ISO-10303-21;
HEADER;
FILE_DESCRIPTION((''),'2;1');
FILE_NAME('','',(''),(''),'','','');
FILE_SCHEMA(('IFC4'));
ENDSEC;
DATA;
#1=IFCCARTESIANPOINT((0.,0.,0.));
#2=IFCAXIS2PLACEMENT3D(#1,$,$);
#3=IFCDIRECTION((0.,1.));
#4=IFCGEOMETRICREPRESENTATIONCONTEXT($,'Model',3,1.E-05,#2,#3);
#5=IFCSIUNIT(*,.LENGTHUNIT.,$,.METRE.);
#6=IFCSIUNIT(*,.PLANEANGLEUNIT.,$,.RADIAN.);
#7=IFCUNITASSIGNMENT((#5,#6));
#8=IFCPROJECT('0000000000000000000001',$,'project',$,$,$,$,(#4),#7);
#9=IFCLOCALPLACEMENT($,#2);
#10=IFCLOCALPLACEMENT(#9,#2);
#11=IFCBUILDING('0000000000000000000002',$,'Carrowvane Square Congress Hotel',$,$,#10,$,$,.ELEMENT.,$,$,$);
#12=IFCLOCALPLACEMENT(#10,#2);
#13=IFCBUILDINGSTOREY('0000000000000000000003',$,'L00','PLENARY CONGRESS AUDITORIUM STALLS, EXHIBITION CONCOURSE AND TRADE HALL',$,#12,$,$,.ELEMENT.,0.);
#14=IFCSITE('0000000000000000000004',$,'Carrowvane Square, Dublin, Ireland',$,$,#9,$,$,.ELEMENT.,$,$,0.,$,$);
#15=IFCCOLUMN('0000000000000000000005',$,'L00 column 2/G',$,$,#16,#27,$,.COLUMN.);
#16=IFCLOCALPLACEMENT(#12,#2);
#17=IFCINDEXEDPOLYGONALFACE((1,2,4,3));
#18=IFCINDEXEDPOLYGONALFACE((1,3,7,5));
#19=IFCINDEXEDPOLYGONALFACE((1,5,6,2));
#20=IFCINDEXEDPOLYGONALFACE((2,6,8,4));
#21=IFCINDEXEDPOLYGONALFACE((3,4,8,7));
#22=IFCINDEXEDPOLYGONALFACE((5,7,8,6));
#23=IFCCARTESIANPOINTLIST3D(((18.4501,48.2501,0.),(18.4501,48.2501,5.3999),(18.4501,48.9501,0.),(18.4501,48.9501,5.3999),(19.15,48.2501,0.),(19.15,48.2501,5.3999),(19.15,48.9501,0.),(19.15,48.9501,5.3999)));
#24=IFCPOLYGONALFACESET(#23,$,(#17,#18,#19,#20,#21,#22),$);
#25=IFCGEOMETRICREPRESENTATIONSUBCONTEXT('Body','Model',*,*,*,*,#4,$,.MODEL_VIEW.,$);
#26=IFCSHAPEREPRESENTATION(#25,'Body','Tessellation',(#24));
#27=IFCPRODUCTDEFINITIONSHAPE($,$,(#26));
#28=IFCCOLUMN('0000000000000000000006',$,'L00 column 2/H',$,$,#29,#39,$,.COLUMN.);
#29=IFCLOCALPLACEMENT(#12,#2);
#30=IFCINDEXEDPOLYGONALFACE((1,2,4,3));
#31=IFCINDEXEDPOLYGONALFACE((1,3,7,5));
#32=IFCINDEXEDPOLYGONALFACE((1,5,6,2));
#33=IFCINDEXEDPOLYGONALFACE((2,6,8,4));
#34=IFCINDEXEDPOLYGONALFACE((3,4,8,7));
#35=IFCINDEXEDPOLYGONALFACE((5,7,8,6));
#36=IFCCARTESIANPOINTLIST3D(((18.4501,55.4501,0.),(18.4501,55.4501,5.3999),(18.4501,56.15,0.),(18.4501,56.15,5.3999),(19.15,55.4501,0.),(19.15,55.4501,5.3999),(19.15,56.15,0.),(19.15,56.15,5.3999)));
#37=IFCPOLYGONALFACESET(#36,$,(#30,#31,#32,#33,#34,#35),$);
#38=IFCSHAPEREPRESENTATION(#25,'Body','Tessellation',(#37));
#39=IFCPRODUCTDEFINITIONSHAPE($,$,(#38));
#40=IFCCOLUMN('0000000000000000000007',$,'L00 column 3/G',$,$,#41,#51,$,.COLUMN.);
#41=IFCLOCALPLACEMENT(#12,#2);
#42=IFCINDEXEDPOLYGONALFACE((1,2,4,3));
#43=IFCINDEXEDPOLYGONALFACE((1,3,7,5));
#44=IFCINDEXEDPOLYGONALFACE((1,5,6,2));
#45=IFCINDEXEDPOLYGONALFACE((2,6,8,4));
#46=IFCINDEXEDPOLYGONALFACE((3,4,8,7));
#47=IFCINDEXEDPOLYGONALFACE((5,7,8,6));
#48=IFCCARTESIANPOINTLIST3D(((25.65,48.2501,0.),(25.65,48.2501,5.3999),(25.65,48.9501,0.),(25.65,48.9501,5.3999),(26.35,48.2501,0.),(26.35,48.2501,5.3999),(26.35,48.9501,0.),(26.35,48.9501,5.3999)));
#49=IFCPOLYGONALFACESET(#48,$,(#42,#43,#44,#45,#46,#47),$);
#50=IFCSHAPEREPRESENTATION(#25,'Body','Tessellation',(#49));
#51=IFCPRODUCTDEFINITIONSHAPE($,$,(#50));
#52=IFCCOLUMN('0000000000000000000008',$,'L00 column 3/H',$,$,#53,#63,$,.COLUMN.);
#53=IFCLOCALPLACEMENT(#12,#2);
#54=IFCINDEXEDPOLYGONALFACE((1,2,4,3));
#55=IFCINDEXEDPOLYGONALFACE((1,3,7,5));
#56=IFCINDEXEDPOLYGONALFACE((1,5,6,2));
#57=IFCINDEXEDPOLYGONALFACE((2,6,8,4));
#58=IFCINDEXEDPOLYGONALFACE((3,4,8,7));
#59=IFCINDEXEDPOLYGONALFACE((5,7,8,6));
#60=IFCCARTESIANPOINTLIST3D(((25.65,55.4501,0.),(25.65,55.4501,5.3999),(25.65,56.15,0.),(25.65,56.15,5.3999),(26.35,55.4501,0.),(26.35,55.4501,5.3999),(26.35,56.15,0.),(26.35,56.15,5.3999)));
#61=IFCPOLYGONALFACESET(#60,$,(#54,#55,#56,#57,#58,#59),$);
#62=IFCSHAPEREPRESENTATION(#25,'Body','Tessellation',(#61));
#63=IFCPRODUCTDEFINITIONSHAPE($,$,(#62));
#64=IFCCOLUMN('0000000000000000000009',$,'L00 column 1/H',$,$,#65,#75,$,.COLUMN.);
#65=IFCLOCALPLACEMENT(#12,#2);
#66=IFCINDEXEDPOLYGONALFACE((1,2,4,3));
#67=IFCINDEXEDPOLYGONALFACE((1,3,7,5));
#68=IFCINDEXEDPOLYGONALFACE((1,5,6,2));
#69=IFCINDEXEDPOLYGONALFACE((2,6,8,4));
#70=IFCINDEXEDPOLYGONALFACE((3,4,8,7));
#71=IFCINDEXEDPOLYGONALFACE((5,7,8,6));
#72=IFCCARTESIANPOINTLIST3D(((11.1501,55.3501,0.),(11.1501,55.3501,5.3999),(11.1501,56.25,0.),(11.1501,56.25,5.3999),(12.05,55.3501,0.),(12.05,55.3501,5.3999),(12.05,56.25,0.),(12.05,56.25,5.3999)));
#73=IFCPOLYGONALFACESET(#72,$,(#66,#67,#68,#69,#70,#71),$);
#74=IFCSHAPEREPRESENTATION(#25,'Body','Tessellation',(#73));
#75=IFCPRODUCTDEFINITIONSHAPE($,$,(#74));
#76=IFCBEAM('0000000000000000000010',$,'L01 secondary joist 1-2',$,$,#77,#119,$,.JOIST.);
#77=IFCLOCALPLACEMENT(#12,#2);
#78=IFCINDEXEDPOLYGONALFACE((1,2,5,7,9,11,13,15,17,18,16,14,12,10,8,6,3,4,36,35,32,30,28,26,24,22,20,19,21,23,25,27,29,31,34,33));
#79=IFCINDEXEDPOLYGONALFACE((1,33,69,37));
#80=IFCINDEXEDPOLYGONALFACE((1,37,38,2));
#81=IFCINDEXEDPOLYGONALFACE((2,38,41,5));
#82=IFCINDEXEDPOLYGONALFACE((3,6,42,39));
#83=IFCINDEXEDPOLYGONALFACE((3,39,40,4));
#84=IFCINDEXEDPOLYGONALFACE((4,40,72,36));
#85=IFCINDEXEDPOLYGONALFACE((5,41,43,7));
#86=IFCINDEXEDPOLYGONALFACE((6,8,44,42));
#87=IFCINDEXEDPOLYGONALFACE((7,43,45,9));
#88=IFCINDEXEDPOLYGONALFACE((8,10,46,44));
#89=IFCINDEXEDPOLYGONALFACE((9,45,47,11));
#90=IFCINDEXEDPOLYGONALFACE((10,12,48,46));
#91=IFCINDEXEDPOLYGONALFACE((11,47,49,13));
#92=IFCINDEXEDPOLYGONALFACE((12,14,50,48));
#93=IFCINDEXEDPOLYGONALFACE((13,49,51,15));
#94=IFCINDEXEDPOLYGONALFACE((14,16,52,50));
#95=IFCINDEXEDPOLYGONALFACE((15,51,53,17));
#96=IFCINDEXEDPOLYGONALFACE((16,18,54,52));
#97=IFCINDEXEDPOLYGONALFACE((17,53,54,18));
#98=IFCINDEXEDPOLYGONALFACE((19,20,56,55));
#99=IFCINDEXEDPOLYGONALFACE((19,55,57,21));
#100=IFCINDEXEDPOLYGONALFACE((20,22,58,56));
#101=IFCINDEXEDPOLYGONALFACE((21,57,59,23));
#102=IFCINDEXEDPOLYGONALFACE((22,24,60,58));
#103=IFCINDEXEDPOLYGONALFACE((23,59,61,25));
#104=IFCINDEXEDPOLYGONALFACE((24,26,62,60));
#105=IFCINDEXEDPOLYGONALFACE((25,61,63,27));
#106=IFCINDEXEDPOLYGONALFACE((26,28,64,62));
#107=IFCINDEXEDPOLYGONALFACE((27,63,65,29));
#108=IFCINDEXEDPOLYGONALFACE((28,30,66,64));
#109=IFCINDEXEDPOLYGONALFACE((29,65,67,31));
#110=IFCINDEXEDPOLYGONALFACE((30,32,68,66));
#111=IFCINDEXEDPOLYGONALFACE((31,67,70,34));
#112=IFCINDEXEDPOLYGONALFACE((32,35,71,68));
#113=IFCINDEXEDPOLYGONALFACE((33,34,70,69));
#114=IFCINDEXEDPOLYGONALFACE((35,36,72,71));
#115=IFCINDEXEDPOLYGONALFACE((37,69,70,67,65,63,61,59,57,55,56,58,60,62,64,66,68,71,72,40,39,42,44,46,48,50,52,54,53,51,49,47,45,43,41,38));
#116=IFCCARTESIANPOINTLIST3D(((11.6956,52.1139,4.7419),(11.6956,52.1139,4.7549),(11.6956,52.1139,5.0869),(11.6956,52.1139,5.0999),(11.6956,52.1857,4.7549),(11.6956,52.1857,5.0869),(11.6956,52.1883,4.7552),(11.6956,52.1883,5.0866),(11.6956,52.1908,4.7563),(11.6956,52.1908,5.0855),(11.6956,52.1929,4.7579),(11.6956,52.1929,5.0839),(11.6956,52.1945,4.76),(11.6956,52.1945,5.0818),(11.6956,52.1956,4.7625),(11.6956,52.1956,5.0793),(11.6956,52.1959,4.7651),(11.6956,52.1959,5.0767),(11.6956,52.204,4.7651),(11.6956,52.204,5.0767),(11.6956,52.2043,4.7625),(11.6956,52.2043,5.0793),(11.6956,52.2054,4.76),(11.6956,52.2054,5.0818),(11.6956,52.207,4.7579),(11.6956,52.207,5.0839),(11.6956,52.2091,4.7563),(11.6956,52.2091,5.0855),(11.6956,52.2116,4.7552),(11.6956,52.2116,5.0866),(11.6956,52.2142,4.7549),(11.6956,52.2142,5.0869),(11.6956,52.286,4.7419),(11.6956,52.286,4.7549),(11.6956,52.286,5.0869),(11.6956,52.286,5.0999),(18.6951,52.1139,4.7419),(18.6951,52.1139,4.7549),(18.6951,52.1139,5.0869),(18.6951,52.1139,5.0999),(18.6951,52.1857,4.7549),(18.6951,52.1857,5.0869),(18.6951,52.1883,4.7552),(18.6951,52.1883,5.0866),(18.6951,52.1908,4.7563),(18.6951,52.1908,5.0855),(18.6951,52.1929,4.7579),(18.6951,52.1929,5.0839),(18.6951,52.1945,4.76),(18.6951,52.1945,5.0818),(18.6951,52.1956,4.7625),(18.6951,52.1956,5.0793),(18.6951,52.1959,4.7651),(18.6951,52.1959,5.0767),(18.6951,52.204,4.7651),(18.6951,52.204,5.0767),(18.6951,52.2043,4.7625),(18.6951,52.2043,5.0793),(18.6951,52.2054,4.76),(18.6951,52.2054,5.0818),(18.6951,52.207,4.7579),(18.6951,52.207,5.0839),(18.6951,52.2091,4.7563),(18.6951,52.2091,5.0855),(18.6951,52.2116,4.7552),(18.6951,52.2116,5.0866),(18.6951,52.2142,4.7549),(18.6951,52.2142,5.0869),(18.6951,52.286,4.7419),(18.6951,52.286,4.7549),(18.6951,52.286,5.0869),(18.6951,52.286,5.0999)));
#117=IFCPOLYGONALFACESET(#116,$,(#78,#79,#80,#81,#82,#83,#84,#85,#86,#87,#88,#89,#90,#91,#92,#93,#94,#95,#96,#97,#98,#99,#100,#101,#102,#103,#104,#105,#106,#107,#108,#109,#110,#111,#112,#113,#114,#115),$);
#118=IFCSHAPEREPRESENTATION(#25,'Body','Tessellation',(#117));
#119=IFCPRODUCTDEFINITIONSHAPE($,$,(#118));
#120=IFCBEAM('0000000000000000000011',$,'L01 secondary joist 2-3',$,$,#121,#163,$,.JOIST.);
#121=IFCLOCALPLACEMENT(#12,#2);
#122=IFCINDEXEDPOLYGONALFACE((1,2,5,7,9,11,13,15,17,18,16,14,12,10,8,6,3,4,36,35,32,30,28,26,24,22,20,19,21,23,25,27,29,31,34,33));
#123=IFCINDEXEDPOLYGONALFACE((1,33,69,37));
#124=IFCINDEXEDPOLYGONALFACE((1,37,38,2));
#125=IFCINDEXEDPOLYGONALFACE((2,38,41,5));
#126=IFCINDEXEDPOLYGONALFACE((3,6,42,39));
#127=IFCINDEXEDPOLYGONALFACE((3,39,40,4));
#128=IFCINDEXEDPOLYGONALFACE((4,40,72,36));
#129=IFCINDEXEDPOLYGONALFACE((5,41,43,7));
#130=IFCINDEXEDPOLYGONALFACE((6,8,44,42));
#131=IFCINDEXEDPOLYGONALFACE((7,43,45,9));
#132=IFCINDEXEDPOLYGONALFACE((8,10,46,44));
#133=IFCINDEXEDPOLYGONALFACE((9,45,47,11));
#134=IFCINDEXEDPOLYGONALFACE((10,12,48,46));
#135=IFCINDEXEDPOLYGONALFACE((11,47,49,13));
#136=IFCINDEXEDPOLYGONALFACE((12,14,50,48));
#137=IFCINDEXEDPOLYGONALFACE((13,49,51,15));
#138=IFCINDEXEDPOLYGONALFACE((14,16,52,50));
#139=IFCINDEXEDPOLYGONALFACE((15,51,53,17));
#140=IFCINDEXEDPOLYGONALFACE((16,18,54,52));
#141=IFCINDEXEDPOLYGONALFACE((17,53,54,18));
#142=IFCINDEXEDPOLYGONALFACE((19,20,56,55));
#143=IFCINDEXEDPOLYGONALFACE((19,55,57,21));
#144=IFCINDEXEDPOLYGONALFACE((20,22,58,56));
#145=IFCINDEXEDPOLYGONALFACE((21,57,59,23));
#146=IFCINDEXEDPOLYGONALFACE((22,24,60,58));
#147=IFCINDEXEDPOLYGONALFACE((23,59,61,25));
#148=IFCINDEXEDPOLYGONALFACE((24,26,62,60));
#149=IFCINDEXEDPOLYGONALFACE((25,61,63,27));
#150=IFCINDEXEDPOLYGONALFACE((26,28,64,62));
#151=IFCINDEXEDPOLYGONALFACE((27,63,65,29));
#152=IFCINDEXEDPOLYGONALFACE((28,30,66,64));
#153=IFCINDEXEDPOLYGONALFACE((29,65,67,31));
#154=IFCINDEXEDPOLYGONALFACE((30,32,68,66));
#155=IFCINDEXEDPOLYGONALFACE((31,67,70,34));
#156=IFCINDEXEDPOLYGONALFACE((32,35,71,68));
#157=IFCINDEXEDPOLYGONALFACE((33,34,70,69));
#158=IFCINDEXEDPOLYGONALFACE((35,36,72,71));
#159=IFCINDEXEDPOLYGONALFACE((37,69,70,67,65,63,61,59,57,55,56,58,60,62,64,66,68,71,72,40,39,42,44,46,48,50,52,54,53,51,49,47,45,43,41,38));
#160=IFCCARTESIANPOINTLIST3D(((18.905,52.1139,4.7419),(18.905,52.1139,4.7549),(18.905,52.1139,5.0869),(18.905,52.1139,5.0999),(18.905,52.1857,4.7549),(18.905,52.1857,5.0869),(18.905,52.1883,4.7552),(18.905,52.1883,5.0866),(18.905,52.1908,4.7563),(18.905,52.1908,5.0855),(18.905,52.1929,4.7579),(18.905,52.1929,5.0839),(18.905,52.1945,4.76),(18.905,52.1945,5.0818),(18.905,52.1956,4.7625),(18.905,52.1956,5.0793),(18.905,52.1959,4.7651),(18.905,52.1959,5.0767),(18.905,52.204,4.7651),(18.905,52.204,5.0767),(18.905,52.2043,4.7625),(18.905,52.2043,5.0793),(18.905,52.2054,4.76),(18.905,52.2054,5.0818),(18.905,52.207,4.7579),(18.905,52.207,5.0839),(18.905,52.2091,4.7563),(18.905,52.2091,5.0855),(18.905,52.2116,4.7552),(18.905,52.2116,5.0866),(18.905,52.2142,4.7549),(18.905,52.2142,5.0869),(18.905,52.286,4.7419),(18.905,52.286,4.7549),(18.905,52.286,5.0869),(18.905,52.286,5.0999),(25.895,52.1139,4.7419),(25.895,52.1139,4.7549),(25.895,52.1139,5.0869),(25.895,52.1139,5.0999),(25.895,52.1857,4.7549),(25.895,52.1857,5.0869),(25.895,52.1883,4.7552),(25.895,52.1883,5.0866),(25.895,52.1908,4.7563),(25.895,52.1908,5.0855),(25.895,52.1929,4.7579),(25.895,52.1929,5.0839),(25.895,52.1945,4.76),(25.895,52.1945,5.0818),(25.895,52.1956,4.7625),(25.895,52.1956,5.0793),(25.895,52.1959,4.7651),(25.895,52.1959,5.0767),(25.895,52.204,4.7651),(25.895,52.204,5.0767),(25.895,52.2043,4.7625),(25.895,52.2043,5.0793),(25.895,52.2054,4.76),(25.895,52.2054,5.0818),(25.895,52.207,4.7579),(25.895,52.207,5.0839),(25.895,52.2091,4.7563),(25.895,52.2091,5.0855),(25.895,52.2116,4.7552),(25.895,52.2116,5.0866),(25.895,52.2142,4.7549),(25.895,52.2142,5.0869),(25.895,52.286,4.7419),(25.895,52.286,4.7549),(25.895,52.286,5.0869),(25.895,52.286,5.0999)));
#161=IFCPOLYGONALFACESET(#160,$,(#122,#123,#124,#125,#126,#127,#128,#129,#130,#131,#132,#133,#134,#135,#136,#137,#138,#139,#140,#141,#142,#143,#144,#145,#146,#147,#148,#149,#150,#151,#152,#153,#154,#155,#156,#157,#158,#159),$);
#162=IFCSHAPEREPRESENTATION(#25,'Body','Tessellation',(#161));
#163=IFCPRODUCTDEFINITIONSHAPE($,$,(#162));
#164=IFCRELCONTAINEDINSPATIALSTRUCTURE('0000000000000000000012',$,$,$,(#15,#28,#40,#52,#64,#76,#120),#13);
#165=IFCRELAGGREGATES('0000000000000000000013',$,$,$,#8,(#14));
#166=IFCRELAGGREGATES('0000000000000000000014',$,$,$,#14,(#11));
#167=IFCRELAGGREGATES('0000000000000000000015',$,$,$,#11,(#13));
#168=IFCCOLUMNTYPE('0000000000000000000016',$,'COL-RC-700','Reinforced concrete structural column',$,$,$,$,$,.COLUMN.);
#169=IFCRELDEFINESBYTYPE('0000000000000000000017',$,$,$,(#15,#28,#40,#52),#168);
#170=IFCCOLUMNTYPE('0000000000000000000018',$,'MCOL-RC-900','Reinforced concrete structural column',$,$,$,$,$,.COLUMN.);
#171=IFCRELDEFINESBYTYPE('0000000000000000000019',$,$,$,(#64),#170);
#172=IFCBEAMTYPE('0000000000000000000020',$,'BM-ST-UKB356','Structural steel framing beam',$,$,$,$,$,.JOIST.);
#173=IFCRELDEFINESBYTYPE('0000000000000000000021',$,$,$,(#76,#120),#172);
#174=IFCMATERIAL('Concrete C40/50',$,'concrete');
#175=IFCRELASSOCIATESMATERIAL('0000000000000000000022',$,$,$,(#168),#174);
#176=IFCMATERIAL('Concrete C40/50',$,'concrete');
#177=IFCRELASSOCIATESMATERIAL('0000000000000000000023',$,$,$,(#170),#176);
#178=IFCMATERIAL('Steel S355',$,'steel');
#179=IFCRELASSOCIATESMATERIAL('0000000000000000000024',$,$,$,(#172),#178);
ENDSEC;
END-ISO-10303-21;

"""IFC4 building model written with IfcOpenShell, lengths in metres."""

from ifc_helpers import new_model, si_unit, direction, frame, origin, origin_2d, place, context, subcontext, project, spatial, rectangle, i_section, extrude, material, material_profile, profile_set, type_object, element, save


model = new_model("IFC4")

# Units and contexts
model_context = context("Model", 3, precision=1e-05, world=origin(), true_north=direction((0.0, 1.0)))
body_context = subcontext(model_context, "Body", "Model", "MODEL_VIEW")
ifc_project = project(units=[si_unit("LENGTHUNIT", "METRE"), si_unit("PLANEANGLEUNIT", "RADIAN")], contexts=[model_context])

# Site, building, storey
site_placement = place(None, origin())
site = spatial("IfcSite", under=ifc_project, at=site_placement, Name="Carrowvane Square, Dublin, Ireland", CompositionType="ELEMENT", RefElevation=0.0)
building_placement = place(site_placement, origin())
building = spatial("IfcBuilding", under=site, at=building_placement, Name="Carrowvane Square Congress Hotel", CompositionType="ELEMENT")
storey_placement = place(building_placement, origin())
storey = spatial("IfcBuildingStorey", under=building, at=storey_placement, Name="L00", Description="PLENARY CONGRESS AUDITORIUM STALLS, EXHIBITION CONCOURSE AND TRADE HALL", CompositionType="ELEMENT", Elevation=0.0)

# Columns
ifc_material_1 = material(Name="Concrete C40/50", Category="concrete")
ifc_material_profile_1 = material_profile(ifc_material_1, rectangle(XDim=0.7, YDim=0.7, at=origin_2d()), Name="RC 700x700")
ifc_profile_set_1 = profile_set([ifc_material_profile_1], Name="Concrete C40/50")
column_type_1 = type_object("IfcColumnType", Name="COL-RC-700", Description="Reinforced concrete structural column", PredefinedType="COLUMN", material=ifc_profile_set_1)
for number, where, z_axis, x_axis, name in (
    (1, (18.8, 48.6001, 0.0), (0.0, 0.0, 1.0), (1.0, 0.0, 0.0), "L00 column 2/G"),
    (2, (18.8, 55.8, 0.0), (0.0, 0.0, 1.0), (1.0, 0.0, 0.0), "L00 column 2/H"),
    (3, (26.0, 48.6001, 0.0), (0.0, 0.0, 1.0), (1.0, 0.0, 0.0), "L00 column 3/G"),
    (4, (26.0, 55.8, 0.0), (0.0, 0.0, 1.0), (1.0, 0.0, 0.0), "L00 column 3/H"),
):
    element("IfcColumn", number, at=place(storey_placement, frame(where, z_axis=z_axis, x_axis=x_axis)), inside=storey, type_object=column_type_1, Name=name, PredefinedType="COLUMN", context=body_context, shape_type="SweptSolid", body=[
        extrude(rectangle(XDim=0.7, YDim=0.7, at=origin_2d()), origin(), (0.0, 0.0, 1.0), 5.3999),
    ])
ifc_material_2 = material(Name="Concrete C40/50", Category="concrete")
ifc_material_profile_2 = material_profile(ifc_material_2, rectangle(XDim=0.8999, YDim=0.8999, at=origin_2d()), Name="RC 900x900")
ifc_profile_set_2 = profile_set([ifc_material_profile_2], Name="Concrete C40/50")
column_type_2 = type_object("IfcColumnType", Name="MCOL-RC-900", Description="Reinforced concrete structural column", PredefinedType="COLUMN", material=ifc_profile_set_2)
column_placement = place(storey_placement, frame((11.6001, 55.8, 0.0), z_axis=(0.0, 0.0, 1.0), x_axis=(1.0, 0.0, 0.0)))
element("IfcColumn", 5, at=column_placement, inside=storey, type_object=column_type_2, Name="L00 column 1/H", PredefinedType="COLUMN", context=body_context, shape_type="SweptSolid", body=[
    extrude(rectangle(XDim=0.8999, YDim=0.8999, at=origin_2d()), origin(), (0.0, 0.0, 1.0), 5.3999),
])

# Beams
ifc_material_3 = material(Name="Steel S355", Category="steel")
ifc_material_profile_3 = material_profile(ifc_material_3, i_section(OverallWidth=0.1721, OverallDepth=0.3579, WebThickness=0.0081, FlangeThickness=0.0129, FilletRadius=0.0103, at=origin_2d()), Name="UKB 356x171x57")
ifc_profile_set_3 = profile_set([ifc_material_profile_3], Name="Steel S355")
beam_type_1 = type_object("IfcBeamType", Name="BM-ST-UKB356", Description="Structural steel framing beam", PredefinedType="JOIST", material=ifc_profile_set_3)
beam_1_placement = place(storey_placement, frame((11.6956, 52.2, 4.9209), z_axis=(1.0, 0.0, 0.0), x_axis=(0.0, 1.0, 0.0)))
element("IfcBeam", 6, at=beam_1_placement, inside=storey, type_object=beam_type_1, Name="L01 secondary joist 1-2", PredefinedType="JOIST", context=body_context, shape_type="SweptSolid", body=[
    extrude(i_section(OverallWidth=0.1721, OverallDepth=0.3579, WebThickness=0.0081, FlangeThickness=0.0129, FilletRadius=0.0103, at=origin_2d()), origin(), (0.0, 0.0, 1.0), 6.9995),
])
beam_2_placement = place(storey_placement, frame((18.905, 52.2, 4.9209), z_axis=(1.0, 0.0, 0.0), x_axis=(0.0, 1.0, 0.0)))
element("IfcBeam", 7, at=beam_2_placement, inside=storey, type_object=beam_type_1, Name="L01 secondary joist 2-3", PredefinedType="JOIST", context=body_context, shape_type="SweptSolid", body=[
    extrude(i_section(OverallWidth=0.1721, OverallDepth=0.3579, WebThickness=0.0081, FlangeThickness=0.0129, FilletRadius=0.0103, at=origin_2d()), origin(), (0.0, 0.0, 1.0), 6.99),
])

save(model, "model.ifc")
